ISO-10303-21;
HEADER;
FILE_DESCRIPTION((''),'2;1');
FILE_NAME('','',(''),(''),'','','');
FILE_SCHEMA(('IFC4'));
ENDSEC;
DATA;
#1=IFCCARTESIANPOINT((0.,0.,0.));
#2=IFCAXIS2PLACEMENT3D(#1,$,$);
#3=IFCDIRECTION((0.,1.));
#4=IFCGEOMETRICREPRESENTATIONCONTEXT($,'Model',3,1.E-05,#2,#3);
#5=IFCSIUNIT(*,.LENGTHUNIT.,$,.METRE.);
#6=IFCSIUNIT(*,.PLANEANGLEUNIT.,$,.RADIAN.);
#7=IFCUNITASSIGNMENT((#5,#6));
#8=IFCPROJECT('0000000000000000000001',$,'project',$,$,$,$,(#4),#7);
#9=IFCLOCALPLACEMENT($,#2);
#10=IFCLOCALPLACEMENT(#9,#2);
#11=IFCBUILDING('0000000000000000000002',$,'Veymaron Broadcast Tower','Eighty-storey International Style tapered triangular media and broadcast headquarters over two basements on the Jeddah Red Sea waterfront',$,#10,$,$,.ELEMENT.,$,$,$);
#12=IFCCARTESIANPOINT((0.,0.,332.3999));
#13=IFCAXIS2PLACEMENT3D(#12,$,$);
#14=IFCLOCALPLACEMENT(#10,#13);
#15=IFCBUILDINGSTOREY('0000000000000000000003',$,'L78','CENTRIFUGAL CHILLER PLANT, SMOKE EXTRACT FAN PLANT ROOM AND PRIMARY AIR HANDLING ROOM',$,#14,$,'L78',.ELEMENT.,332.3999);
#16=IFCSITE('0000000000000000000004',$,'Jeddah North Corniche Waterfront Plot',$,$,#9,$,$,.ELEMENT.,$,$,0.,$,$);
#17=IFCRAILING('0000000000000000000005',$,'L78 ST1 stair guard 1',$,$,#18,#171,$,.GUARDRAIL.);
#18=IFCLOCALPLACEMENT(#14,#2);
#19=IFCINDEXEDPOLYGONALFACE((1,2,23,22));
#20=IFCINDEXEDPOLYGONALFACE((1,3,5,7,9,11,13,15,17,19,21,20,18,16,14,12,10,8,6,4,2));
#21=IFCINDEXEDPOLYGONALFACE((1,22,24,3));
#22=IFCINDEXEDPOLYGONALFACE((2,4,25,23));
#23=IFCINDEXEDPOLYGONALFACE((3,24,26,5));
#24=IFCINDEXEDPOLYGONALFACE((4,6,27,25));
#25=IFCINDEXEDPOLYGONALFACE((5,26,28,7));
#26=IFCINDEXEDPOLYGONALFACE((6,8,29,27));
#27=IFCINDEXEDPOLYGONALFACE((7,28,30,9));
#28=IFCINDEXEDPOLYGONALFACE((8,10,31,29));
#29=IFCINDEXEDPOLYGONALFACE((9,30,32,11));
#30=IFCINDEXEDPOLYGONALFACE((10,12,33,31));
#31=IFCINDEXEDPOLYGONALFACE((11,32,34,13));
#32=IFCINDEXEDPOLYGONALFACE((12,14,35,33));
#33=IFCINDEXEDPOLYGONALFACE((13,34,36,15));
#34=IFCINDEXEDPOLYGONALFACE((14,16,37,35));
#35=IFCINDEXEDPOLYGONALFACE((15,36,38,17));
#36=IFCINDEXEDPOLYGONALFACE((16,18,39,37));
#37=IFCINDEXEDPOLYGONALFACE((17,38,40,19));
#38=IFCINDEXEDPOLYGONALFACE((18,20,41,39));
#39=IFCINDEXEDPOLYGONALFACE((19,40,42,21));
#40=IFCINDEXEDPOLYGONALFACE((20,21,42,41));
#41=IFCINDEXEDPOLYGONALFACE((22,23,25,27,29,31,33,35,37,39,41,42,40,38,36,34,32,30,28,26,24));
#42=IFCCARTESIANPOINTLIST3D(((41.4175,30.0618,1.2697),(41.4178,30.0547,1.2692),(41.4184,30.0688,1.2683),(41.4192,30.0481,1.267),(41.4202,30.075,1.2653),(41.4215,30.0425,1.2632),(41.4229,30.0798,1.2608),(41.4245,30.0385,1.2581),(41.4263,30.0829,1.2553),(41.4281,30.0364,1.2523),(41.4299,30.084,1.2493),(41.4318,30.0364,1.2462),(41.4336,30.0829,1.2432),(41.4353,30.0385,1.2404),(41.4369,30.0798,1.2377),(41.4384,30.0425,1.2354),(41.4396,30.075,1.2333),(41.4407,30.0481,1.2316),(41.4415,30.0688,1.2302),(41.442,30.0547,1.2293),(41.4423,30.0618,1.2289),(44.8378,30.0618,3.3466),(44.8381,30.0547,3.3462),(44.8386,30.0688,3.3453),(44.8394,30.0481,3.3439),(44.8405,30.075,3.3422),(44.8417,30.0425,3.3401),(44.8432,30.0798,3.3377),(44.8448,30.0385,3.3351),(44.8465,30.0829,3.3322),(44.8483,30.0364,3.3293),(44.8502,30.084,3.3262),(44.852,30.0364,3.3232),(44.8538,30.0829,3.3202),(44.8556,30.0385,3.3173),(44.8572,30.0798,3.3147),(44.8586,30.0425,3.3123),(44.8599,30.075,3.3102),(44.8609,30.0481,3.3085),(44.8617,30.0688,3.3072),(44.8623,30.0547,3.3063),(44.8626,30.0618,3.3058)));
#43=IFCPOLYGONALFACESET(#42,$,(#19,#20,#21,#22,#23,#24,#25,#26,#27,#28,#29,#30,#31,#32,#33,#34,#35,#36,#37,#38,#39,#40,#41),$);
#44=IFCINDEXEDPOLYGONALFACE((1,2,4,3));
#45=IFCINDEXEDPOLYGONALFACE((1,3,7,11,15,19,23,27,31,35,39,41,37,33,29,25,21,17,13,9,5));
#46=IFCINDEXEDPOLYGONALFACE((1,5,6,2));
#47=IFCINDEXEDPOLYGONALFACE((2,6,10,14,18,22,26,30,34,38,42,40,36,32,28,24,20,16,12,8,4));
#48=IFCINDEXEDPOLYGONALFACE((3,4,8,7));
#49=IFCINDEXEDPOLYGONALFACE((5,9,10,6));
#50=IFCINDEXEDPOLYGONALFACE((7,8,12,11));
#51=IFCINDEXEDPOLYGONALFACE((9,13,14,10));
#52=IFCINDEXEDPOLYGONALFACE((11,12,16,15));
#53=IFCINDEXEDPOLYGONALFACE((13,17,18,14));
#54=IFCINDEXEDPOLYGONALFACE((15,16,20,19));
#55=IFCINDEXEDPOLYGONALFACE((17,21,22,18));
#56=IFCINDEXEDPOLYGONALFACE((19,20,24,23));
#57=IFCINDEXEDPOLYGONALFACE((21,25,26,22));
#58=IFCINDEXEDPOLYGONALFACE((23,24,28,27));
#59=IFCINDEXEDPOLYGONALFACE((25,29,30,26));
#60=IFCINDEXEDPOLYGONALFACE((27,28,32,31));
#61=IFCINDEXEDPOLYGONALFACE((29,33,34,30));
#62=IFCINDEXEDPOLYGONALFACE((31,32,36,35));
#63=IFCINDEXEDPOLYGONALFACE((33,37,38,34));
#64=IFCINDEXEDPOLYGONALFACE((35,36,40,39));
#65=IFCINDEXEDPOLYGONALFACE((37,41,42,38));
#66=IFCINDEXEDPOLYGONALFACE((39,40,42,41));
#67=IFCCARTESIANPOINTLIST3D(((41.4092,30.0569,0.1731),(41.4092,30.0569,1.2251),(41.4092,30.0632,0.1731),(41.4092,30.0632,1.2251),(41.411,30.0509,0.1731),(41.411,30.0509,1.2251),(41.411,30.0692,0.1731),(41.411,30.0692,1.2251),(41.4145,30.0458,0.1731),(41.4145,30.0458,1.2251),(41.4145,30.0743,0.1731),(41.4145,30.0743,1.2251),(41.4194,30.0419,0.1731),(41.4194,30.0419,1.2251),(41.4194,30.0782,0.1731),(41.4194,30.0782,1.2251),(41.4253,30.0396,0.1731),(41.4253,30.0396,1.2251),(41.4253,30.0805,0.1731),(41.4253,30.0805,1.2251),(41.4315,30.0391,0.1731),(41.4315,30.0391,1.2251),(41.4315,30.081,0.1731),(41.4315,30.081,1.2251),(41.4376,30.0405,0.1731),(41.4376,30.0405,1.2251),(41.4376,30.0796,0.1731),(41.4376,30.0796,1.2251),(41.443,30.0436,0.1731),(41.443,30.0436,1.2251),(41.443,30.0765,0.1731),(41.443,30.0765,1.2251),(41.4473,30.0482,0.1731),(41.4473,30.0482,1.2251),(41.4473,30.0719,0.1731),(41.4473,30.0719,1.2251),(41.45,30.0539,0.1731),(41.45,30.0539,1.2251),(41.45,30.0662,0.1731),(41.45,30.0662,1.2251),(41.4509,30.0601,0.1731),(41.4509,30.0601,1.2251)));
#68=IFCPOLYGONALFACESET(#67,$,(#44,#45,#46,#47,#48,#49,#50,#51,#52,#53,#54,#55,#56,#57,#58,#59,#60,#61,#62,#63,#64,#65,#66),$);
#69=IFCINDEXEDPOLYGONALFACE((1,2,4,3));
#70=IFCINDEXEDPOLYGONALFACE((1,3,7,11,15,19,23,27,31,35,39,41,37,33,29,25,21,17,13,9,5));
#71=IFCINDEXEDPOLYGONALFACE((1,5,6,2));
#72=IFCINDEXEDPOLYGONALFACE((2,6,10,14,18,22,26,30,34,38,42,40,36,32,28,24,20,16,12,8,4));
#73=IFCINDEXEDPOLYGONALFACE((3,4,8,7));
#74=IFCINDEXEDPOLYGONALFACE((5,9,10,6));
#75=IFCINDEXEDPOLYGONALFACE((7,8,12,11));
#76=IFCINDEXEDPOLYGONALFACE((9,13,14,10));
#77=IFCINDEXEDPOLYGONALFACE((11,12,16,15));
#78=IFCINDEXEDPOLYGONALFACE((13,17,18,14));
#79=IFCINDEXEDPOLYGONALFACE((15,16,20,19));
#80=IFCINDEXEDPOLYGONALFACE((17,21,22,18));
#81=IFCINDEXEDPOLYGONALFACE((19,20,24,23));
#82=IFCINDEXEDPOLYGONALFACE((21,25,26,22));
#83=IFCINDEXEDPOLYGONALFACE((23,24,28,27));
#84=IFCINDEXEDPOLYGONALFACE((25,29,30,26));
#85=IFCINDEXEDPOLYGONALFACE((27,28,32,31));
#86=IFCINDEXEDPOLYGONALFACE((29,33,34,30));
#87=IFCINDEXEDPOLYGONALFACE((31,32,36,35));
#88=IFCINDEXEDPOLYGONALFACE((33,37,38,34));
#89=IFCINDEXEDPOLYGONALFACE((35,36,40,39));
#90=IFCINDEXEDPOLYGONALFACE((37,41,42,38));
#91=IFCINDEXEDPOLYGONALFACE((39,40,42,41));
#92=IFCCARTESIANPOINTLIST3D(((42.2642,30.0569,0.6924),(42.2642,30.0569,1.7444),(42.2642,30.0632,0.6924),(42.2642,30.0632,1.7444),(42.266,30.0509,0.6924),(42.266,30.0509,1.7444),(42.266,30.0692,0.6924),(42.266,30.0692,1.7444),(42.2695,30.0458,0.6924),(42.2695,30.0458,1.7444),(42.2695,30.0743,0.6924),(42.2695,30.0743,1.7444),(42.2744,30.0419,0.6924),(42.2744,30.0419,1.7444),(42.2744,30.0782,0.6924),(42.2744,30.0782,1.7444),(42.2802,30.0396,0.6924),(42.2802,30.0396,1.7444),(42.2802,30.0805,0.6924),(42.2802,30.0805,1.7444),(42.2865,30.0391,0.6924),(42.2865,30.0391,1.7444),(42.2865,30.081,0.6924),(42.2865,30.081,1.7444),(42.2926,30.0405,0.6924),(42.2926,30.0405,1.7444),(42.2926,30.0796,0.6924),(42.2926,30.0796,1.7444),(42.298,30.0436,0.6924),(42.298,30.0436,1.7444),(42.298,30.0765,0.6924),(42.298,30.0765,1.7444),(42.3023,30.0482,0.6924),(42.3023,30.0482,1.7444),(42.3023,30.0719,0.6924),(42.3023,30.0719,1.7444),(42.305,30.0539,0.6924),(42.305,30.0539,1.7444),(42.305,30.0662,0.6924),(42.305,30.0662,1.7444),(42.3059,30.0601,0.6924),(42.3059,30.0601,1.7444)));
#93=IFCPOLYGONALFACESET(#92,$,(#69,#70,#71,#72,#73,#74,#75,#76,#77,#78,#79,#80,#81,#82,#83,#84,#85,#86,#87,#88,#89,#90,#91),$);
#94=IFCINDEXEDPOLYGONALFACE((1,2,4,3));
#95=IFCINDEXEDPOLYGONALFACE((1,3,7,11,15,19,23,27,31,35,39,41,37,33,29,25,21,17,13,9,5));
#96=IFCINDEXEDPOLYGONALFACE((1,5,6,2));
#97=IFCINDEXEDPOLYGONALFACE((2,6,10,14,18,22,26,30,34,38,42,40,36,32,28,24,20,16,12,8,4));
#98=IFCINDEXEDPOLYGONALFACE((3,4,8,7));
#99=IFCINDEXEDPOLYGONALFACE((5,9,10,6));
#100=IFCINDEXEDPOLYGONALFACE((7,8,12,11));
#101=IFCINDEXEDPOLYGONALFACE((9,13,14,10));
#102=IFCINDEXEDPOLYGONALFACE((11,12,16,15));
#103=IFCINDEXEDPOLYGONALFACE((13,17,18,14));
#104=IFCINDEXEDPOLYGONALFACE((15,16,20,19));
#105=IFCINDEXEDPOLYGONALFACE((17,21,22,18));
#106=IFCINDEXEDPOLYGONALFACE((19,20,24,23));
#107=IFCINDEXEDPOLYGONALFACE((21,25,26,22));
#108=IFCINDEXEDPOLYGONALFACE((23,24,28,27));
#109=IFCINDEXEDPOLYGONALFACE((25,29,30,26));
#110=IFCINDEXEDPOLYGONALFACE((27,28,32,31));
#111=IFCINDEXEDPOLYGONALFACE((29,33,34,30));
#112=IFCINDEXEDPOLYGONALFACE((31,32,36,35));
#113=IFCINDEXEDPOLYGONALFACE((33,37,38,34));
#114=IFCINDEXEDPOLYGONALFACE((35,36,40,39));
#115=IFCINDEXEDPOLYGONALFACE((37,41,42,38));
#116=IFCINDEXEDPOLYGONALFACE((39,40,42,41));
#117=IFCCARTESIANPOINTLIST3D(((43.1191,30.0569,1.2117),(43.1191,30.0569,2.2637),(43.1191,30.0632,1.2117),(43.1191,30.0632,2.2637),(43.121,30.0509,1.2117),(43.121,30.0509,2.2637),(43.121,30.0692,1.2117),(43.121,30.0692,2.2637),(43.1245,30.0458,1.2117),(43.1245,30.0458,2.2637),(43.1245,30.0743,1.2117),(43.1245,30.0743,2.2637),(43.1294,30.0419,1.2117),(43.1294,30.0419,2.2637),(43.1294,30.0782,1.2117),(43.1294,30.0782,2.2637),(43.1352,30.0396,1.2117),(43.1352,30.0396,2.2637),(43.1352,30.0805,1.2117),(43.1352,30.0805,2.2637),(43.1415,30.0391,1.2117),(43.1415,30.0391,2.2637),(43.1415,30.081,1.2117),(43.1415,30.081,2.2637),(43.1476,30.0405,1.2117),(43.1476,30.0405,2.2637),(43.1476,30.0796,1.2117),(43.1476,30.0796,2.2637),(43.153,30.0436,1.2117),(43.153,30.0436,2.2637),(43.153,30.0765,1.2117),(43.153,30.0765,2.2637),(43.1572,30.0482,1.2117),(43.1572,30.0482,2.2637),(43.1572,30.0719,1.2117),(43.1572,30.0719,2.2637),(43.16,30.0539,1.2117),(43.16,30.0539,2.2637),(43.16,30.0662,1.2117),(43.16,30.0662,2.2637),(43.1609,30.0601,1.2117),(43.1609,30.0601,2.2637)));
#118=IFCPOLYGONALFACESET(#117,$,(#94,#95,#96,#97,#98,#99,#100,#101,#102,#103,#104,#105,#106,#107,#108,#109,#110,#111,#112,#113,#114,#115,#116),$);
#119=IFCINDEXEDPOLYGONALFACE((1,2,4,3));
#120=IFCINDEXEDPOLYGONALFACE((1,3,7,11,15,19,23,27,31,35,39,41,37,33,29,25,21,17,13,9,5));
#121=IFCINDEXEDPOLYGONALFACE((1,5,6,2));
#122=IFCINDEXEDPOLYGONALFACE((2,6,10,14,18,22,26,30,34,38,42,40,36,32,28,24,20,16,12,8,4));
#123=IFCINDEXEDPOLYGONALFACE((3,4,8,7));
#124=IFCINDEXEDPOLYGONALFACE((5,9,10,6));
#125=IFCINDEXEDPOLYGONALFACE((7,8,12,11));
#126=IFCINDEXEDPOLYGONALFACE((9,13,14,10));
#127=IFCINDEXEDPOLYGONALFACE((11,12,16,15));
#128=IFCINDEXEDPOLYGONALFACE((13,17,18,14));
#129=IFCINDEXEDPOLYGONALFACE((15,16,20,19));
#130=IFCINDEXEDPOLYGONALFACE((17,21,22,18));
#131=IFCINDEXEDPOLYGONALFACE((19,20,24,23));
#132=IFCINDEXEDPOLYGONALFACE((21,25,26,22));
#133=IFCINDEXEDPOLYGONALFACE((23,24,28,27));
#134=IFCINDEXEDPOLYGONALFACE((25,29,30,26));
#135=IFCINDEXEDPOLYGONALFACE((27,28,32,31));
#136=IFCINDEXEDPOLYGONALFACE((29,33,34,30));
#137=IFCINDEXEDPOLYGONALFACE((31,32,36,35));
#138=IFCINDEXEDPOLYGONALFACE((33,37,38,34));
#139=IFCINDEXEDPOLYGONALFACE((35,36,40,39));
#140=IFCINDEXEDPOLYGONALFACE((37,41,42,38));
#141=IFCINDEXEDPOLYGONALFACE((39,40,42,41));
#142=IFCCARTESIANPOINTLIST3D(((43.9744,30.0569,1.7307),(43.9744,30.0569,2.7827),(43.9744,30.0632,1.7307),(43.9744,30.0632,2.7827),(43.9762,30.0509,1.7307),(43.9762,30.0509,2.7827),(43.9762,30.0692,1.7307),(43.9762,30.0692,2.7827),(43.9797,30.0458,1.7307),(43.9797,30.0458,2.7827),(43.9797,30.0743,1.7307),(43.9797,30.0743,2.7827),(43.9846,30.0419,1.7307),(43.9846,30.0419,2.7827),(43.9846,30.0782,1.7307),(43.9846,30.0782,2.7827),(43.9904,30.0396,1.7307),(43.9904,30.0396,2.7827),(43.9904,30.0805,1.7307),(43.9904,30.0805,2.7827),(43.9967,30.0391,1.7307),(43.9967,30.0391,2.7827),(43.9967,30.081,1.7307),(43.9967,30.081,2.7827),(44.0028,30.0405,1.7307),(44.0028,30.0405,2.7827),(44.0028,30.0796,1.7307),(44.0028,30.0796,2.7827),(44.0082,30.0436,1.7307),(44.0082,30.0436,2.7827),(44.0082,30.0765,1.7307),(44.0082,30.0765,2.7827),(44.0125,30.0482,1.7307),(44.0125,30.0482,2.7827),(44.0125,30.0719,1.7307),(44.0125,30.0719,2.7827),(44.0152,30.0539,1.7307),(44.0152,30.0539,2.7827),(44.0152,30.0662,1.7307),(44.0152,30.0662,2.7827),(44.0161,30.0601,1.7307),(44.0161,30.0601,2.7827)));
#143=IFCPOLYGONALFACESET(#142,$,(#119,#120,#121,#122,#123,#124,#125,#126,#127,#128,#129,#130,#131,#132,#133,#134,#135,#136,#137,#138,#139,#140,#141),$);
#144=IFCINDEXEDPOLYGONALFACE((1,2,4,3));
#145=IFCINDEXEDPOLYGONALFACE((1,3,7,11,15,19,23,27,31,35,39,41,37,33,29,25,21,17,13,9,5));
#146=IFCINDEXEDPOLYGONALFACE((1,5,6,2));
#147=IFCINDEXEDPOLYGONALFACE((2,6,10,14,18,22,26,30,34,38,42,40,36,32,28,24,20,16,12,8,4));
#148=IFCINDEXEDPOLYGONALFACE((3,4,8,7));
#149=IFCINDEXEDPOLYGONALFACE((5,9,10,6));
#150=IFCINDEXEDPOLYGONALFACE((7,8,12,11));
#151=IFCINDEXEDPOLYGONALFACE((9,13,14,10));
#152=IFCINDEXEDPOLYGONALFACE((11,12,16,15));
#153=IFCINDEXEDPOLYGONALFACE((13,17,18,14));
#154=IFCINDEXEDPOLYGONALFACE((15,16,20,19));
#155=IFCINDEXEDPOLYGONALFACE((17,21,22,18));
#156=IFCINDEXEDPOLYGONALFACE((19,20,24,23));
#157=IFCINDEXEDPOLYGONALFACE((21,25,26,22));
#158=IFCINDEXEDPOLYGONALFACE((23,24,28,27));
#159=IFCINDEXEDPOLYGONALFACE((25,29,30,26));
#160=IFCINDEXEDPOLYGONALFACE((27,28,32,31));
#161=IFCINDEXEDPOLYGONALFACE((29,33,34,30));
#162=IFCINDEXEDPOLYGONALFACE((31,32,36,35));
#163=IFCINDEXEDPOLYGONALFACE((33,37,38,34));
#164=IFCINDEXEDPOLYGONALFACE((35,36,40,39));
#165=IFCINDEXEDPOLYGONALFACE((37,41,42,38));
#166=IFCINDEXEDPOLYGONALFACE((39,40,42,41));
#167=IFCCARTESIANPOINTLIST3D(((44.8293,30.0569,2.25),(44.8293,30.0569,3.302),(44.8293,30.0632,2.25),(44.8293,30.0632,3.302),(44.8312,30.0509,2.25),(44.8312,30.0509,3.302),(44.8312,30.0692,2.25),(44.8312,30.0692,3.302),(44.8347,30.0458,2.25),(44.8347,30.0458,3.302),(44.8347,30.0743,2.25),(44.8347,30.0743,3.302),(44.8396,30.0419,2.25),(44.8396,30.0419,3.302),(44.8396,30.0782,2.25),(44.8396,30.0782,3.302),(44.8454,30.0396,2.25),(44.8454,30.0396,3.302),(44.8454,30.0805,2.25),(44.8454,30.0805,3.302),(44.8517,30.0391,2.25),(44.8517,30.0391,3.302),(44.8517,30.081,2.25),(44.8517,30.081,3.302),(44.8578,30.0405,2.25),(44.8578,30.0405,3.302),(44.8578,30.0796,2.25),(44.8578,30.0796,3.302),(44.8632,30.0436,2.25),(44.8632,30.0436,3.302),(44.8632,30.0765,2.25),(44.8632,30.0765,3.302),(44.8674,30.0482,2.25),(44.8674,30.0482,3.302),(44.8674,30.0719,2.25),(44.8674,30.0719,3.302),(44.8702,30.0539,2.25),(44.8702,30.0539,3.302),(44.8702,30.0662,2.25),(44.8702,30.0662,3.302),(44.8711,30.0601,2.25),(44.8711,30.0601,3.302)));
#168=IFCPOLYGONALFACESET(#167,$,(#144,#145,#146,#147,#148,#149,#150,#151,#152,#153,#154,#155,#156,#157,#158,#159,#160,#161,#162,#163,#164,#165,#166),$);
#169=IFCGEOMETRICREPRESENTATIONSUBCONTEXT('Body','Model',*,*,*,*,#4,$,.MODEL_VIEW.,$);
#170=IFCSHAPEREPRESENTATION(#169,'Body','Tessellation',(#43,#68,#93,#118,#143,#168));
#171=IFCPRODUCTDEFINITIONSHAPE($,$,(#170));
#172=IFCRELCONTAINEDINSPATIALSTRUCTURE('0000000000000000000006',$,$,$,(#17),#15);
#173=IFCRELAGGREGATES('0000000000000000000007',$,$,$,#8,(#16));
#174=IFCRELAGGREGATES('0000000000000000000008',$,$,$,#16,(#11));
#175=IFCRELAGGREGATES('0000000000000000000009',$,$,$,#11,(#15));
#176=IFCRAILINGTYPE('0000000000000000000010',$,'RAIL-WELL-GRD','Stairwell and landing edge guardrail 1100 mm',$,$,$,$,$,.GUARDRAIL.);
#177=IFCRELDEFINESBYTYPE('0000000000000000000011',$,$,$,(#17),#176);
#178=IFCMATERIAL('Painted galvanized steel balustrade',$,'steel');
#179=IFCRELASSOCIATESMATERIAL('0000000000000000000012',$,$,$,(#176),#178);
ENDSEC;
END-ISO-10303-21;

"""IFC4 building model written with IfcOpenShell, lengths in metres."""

from ifc_helpers import new_model, si_unit, direction, frame, origin, origin_2d, place, context, subcontext, project, spatial, circle, extrude, material, type_object, element, save


model = new_model("IFC4")

# Units and contexts
model_context = context("Model", 3, precision=1e-05, world=origin(), true_north=direction((0.0, 1.0)))
body_context = subcontext(model_context, "Body", "Model", "MODEL_VIEW")
ifc_project = project(units=[si_unit("LENGTHUNIT", "METRE"), si_unit("PLANEANGLEUNIT", "RADIAN")], contexts=[model_context])

# Site, building, storey
site_placement = place(None, origin())
site = spatial("IfcSite", under=ifc_project, at=site_placement, Name="Jeddah North Corniche Waterfront Plot", CompositionType="ELEMENT", RefElevation=0.0)
building_placement = place(site_placement, origin())
building = spatial("IfcBuilding", under=site, at=building_placement, Name="Veymaron Broadcast Tower", Description="Eighty-storey International Style tapered triangular media and broadcast headquarters over two basements on the Jeddah Red Sea waterfront", CompositionType="ELEMENT")
storey_placement = place(building_placement, frame((0.0, 0.0, 332.3999)))
storey = spatial("IfcBuildingStorey", under=building, at=storey_placement, Name="L78", Description="CENTRIFUGAL CHILLER PLANT, SMOKE EXTRACT FAN PLANT ROOM AND PRIMARY AIR HANDLING ROOM", LongName="L78", CompositionType="ELEMENT", Elevation=332.3999)

# Railing
ifc_material_1 = material(Name="Painted galvanized steel balustrade", Category="steel")
railing_type_1 = type_object("IfcRailingType", Name="RAIL-WELL-GRD", Description="Stairwell and landing edge guardrail 1100 mm", PredefinedType="GUARDRAIL", material=ifc_material_1)
railing_1_placement = place(storey_placement, frame((41.4299, 30.0601, 0.1731)))
element("IfcRailing", 1, at=railing_1_placement, inside=storey, type_object=railing_type_1, Name="L78 ST1 stair guard 1", PredefinedType="GUARDRAIL", context=body_context, shape_type="SweptSolid", body=[
    extrude(circle(Radius=0.0239, at=origin_2d()), frame((0.0, 0.0, 1.0762), z_axis=(0.854746, 0.0, 0.519047), x_axis=(0.0, 1.0, 0.0)), (0.0, 0.0, 1.0), 4.0015),
    extrude(circle(Radius=0.021, at=origin_2d()), origin(), (0.0, 0.0, 1.0), 1.052),
    extrude(circle(Radius=0.021, at=origin_2d()), frame((0.855, 0.0, 0.5193)), (0.0, 0.0, 1.0), 1.052),
    extrude(circle(Radius=0.021, at=origin_2d()), frame((1.71, 0.0, 1.0386)), (0.0, 0.0, 1.0), 1.052),
    extrude(circle(Radius=0.021, at=origin_2d()), frame((2.5652, 0.0, 1.5576)), (0.0, 0.0, 1.0), 1.052),
    extrude(circle(Radius=0.021, at=origin_2d()), frame((3.4202, 0.0, 2.0769)), (0.0, 0.0, 1.0), 1.052),
])

save(model, "model.ifc")
